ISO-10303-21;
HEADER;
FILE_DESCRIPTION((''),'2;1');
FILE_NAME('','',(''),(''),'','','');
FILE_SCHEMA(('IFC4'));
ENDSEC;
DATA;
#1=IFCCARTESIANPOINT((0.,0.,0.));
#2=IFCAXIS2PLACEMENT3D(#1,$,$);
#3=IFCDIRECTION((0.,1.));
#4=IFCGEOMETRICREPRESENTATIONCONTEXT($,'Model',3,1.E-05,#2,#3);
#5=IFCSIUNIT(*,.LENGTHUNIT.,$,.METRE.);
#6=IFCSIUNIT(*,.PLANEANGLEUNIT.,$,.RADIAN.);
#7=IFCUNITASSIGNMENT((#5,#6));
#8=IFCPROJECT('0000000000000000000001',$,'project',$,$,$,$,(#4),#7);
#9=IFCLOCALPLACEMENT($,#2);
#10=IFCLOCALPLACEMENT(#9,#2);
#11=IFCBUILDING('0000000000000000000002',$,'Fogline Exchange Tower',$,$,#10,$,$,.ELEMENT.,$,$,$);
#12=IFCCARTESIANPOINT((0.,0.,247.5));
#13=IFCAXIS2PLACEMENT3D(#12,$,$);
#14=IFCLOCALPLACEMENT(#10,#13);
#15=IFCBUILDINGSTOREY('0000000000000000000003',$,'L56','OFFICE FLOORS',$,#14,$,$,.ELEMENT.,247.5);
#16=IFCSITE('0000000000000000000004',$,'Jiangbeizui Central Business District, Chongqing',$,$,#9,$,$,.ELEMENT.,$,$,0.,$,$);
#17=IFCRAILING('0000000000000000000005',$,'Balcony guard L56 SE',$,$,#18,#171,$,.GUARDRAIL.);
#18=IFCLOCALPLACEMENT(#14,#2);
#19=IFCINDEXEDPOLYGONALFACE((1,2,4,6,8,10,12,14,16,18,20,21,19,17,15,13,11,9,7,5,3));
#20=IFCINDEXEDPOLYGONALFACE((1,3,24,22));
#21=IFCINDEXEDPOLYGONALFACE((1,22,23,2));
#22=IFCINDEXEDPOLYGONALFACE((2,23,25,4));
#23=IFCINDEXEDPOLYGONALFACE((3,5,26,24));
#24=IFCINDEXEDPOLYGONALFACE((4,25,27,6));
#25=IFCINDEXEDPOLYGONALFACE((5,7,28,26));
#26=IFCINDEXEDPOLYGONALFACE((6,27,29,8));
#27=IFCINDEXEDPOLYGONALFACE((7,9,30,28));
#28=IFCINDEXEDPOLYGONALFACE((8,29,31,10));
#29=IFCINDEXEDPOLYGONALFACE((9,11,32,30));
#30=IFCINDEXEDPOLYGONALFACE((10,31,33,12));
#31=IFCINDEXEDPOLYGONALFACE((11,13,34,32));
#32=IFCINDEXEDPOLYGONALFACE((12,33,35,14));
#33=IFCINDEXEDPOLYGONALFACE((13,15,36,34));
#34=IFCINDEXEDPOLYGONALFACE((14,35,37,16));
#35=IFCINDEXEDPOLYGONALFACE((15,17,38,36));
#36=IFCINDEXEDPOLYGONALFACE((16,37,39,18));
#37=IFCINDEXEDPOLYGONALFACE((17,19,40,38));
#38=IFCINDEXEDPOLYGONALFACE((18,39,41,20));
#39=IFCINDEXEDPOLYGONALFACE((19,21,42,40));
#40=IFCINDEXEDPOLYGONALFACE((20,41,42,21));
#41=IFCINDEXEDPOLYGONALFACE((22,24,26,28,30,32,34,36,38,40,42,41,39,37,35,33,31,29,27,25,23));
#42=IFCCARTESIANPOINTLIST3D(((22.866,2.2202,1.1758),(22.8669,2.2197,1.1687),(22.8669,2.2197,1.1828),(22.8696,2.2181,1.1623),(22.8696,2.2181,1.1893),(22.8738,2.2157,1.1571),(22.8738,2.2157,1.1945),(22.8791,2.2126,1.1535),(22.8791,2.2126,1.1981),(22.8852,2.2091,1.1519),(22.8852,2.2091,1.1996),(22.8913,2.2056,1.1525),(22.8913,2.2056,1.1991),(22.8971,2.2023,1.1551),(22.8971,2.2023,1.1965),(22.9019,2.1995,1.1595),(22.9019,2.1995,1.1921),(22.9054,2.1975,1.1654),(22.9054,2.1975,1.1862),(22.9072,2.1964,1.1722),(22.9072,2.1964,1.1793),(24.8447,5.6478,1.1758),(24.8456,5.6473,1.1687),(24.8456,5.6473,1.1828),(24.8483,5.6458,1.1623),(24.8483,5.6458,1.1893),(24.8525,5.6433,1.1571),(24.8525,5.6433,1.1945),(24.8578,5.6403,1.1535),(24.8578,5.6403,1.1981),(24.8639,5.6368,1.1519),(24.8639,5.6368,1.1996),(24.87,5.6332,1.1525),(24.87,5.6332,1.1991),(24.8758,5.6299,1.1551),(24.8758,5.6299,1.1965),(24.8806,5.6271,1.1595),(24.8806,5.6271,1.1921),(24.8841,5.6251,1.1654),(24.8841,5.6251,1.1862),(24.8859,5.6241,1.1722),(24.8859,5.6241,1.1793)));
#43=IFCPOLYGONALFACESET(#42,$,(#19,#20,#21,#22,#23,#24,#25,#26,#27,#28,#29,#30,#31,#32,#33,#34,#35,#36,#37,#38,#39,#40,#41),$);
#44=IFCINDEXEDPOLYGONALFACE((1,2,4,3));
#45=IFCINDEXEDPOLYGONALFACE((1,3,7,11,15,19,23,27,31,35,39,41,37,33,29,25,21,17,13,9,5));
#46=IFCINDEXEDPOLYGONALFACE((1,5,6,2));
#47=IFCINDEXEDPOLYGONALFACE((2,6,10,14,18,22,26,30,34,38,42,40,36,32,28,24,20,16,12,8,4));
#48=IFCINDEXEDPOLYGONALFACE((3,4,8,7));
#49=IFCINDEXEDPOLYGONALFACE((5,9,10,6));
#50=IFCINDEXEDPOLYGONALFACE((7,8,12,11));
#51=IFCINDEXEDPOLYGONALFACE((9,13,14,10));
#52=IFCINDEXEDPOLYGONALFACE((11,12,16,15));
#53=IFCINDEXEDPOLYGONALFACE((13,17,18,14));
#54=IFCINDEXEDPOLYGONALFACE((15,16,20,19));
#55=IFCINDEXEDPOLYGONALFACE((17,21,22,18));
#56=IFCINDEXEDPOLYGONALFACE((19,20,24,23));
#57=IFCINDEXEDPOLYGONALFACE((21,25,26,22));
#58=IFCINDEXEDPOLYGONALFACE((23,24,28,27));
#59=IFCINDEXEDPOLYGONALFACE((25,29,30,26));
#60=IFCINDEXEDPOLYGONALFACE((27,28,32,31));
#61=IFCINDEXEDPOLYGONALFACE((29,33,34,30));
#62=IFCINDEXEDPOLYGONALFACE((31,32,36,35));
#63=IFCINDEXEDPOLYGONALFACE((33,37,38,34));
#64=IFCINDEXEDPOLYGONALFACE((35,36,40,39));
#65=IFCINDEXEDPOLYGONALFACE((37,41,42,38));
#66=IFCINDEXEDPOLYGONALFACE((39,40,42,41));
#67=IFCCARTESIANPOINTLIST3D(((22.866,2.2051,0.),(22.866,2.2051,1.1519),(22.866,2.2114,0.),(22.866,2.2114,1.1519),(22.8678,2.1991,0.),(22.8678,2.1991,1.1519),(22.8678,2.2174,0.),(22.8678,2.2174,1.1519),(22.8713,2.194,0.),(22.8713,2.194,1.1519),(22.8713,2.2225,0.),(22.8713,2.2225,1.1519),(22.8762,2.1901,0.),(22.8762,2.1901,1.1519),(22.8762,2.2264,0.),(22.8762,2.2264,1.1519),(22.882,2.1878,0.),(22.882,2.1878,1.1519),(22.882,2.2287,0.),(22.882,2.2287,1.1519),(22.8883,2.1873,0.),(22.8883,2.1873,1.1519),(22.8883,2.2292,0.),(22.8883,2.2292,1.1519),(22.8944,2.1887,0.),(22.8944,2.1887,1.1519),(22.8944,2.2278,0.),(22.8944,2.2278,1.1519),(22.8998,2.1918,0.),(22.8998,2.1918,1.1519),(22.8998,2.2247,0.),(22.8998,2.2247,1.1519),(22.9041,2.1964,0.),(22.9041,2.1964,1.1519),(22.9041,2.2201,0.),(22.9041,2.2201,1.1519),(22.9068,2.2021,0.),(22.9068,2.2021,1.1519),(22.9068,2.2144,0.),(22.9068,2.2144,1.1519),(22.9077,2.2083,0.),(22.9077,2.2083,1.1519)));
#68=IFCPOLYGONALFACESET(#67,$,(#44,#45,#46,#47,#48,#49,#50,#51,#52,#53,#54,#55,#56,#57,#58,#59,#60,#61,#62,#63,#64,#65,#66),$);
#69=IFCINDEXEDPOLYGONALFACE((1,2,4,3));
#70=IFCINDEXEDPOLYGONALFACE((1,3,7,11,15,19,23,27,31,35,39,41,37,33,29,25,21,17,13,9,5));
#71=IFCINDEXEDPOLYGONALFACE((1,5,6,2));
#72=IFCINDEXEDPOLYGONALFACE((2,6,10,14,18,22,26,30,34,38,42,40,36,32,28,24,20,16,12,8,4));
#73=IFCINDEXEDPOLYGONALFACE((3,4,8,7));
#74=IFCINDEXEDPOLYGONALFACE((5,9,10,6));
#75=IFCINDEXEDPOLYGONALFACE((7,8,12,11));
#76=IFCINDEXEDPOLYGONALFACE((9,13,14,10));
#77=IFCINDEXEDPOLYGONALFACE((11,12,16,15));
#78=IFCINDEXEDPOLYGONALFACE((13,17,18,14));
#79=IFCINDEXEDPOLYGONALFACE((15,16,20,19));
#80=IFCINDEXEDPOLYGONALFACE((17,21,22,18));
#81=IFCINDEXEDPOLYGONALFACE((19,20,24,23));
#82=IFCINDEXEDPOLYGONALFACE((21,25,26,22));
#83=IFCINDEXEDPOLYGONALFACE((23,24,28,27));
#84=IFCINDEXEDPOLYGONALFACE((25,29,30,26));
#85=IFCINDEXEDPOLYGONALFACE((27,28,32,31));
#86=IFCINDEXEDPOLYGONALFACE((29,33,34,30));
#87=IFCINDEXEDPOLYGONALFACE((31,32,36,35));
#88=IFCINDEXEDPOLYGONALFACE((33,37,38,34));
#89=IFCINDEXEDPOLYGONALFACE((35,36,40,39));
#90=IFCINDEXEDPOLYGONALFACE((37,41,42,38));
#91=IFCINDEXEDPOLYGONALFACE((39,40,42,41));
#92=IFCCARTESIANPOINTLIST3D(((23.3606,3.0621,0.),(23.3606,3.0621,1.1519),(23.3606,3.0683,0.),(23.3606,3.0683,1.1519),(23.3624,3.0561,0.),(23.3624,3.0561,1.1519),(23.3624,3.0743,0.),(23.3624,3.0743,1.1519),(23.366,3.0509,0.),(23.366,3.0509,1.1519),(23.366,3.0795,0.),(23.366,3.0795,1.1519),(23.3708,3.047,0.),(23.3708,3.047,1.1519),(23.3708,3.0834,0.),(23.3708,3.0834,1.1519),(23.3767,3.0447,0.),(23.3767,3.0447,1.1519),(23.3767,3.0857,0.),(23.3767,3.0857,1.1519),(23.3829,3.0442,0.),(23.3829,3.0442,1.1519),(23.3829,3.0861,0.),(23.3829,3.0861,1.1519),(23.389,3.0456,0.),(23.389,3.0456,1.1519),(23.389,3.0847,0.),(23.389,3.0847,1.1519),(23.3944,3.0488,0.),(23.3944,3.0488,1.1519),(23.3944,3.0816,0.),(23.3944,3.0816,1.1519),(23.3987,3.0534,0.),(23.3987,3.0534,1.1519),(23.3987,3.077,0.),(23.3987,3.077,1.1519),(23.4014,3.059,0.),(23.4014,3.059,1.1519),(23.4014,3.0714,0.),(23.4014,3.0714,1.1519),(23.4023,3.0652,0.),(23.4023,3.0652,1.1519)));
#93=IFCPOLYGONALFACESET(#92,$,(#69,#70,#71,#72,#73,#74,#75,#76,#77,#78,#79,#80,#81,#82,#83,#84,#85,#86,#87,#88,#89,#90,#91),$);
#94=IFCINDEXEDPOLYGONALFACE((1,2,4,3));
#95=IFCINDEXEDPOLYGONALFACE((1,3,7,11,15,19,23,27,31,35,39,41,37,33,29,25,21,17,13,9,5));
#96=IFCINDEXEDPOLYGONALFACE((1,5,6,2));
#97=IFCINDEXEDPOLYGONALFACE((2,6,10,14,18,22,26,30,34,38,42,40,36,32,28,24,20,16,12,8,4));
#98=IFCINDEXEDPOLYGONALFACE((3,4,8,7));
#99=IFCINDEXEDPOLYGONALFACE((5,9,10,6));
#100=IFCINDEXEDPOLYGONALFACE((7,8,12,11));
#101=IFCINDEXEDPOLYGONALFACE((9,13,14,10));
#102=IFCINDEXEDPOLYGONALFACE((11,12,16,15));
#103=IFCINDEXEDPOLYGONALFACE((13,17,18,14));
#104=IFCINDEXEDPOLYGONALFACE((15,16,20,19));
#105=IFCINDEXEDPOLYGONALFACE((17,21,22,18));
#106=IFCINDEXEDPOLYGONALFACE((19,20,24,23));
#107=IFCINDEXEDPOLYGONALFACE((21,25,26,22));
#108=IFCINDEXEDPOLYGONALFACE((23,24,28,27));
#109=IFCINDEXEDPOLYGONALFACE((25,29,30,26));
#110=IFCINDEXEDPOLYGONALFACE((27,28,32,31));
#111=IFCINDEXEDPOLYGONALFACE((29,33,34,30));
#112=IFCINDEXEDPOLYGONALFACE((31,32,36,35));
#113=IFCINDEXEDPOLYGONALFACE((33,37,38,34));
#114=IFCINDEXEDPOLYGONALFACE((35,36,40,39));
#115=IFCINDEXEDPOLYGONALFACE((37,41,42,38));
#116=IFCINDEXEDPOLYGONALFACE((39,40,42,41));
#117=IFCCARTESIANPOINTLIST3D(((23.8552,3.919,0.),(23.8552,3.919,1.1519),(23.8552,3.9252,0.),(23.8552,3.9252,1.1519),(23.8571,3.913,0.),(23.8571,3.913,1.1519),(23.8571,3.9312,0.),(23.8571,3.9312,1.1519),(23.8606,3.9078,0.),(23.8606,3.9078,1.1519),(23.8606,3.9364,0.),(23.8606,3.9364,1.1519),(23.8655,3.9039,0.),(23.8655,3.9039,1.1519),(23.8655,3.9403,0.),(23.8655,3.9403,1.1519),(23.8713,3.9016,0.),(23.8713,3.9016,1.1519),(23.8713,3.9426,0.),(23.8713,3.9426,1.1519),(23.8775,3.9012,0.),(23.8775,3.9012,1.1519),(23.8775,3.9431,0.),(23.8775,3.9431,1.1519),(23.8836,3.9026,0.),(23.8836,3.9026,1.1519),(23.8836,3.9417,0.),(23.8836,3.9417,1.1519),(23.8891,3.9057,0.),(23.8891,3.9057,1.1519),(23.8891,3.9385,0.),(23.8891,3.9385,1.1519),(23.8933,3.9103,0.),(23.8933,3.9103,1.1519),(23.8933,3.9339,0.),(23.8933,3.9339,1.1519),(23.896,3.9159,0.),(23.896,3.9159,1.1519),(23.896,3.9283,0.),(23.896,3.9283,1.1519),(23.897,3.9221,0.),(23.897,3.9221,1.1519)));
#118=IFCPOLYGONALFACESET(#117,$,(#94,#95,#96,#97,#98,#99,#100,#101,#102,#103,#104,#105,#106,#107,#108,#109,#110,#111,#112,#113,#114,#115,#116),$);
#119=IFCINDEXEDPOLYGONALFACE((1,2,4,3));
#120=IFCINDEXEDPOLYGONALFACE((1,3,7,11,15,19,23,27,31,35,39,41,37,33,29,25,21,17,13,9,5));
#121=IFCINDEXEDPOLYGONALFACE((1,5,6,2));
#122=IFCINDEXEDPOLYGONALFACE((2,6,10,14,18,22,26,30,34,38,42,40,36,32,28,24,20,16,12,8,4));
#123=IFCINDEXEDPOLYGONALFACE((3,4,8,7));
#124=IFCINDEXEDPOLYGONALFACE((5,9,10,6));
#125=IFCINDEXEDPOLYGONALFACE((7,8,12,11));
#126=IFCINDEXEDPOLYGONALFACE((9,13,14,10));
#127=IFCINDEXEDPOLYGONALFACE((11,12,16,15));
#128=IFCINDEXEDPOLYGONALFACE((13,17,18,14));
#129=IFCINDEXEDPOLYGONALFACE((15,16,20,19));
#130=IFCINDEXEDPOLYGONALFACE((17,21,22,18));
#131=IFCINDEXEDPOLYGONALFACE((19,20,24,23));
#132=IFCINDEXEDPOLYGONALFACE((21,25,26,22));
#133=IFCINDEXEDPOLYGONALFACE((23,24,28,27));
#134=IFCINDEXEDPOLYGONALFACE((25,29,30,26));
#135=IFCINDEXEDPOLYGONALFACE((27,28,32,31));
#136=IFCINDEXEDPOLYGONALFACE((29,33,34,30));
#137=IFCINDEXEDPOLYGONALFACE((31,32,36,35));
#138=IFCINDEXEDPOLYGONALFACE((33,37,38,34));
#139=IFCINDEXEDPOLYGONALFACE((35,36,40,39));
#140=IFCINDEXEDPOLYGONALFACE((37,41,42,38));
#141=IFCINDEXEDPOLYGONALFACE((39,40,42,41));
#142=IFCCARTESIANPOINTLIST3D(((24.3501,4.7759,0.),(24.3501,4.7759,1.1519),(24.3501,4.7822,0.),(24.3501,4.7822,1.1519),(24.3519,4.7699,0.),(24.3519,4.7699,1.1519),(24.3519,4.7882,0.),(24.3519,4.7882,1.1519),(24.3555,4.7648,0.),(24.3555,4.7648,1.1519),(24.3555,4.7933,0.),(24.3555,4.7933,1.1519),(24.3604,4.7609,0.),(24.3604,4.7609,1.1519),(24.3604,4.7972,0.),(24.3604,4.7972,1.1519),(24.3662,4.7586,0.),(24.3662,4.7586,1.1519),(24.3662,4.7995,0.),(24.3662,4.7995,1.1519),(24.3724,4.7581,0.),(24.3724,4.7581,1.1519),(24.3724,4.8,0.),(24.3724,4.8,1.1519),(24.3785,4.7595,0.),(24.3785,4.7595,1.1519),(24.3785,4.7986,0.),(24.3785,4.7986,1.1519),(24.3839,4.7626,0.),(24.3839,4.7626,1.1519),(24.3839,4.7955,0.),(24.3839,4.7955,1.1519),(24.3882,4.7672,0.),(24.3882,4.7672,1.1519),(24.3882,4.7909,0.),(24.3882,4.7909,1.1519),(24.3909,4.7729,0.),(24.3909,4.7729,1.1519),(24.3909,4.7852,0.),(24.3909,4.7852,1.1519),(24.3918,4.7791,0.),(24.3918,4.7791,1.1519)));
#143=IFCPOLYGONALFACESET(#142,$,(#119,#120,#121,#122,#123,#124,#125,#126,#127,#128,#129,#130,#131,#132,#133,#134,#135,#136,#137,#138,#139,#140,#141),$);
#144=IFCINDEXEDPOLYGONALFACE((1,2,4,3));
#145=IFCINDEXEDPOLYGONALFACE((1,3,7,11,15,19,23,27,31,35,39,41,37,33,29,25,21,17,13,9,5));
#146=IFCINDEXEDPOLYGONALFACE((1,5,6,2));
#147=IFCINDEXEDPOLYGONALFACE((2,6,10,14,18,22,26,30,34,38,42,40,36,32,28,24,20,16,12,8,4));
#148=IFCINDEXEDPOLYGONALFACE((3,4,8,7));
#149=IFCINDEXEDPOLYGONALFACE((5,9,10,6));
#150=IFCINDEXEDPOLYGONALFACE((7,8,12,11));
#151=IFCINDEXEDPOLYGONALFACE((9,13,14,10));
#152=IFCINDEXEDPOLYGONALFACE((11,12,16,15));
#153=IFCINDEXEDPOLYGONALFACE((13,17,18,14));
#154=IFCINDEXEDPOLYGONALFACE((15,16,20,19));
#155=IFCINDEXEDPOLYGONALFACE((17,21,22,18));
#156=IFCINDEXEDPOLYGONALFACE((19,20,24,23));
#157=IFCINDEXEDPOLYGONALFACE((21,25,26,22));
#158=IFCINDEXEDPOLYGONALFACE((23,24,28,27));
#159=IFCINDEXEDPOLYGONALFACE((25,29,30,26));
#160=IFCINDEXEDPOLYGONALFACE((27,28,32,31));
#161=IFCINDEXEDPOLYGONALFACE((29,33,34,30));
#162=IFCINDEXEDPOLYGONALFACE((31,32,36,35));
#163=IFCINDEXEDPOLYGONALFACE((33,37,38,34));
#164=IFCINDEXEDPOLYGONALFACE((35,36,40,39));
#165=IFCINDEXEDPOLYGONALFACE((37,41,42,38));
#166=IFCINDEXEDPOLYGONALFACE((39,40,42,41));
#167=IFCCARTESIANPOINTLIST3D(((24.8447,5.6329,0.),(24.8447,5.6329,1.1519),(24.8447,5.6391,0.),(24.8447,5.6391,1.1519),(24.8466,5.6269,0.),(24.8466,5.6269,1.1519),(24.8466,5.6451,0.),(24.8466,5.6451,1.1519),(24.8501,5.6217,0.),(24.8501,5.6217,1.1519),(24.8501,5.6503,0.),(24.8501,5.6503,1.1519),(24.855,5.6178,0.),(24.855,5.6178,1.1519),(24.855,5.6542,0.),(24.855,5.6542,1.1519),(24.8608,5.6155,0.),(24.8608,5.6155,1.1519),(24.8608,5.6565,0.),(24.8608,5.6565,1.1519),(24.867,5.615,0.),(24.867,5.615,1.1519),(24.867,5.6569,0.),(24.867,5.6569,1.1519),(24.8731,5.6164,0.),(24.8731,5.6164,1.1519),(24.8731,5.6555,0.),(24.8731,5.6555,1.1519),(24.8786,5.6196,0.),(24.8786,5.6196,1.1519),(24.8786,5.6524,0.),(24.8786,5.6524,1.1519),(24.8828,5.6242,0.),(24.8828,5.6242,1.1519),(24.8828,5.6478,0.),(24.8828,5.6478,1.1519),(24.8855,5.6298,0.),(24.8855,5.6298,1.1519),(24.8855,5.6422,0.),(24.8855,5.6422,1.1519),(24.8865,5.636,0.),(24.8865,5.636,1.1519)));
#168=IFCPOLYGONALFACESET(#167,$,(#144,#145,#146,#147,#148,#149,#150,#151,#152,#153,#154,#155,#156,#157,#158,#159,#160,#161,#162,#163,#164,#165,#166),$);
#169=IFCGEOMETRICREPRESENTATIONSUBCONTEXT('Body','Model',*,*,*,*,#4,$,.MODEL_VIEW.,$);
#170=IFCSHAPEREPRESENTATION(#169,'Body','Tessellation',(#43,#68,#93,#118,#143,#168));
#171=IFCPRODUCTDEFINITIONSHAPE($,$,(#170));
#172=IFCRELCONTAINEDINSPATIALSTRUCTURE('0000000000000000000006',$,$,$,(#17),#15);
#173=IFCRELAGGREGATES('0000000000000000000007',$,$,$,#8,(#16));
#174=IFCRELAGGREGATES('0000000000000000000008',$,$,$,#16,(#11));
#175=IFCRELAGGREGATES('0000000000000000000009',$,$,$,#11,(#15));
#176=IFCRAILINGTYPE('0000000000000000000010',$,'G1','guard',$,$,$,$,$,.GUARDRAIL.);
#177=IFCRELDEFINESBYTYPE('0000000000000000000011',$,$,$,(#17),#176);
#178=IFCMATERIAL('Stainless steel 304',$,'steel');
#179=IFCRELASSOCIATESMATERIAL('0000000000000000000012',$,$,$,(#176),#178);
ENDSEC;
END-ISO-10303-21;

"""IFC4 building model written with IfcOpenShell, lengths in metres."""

from ifc_helpers import new_model, si_unit, direction, frame, origin, origin_2d, place, context, subcontext, project, spatial, circle, extrude, material, type_object, element, save


model = new_model("IFC4")

# Units and contexts
model_context = context("Model", 3, precision=1e-05, world=origin(), true_north=direction((0.0, 1.0)))
body_context = subcontext(model_context, "Body", "Model", "MODEL_VIEW")
ifc_project = project(units=[si_unit("LENGTHUNIT", "METRE"), si_unit("PLANEANGLEUNIT", "RADIAN")], contexts=[model_context])

# Site, building, storey
site_placement = place(None, origin())
site = spatial("IfcSite", under=ifc_project, at=site_placement, Name="Jiangbeizui Central Business District, Chongqing", CompositionType="ELEMENT", RefElevation=0.0)
building_placement = place(site_placement, origin())
building = spatial("IfcBuilding", under=site, at=building_placement, Name="Fogline Exchange Tower", CompositionType="ELEMENT")
storey_placement = place(building_placement, frame((0.0, 0.0, 247.5)))
storey = spatial("IfcBuildingStorey", under=building, at=storey_placement, Name="L56", Description="OFFICE FLOORS", CompositionType="ELEMENT", Elevation=247.5)

# Railing
ifc_material_1 = material(Name="Stainless steel 304", Category="steel")
railing_type = type_object("IfcRailingType", Name="G1", Description="guard", PredefinedType="GUARDRAIL", material=ifc_material_1)
railing_placement = place(storey_placement, frame((22.8867, 2.2083, 0.0)))
element("IfcRailing", 1, at=railing_placement, inside=storey, type_object=railing_type, Name="Balcony guard L56 SE", PredefinedType="GUARDRAIL", context=body_context, shape_type="SweptSolid", body=[
    extrude(circle(Radius=0.0239, at=origin_2d()), frame((0.0, 0.0, 1.1758), z_axis=(0.499954, 0.866052, 0.0), x_axis=(-0.866052, 0.499954, 0.0)), (0.0, 0.0, 1.0), 3.9578),
    extrude(circle(Radius=0.021, at=origin_2d()), origin(), (0.0, 0.0, 1.0), 1.1519),
    extrude(circle(Radius=0.021, at=origin_2d()), frame((0.4946, 0.8569, 0.0)), (0.0, 0.0, 1.0), 1.1519),
    extrude(circle(Radius=0.021, at=origin_2d()), frame((0.9893, 1.7139, 0.0)), (0.0, 0.0, 1.0), 1.1519),
    extrude(circle(Radius=0.021, at=origin_2d()), frame((1.4841, 2.5708, 0.0)), (0.0, 0.0, 1.0), 1.1519),
    extrude(circle(Radius=0.021, at=origin_2d()), frame((1.9788, 3.4277, 0.0)), (0.0, 0.0, 1.0), 1.1519),
])

save(model, "model.ifc")
